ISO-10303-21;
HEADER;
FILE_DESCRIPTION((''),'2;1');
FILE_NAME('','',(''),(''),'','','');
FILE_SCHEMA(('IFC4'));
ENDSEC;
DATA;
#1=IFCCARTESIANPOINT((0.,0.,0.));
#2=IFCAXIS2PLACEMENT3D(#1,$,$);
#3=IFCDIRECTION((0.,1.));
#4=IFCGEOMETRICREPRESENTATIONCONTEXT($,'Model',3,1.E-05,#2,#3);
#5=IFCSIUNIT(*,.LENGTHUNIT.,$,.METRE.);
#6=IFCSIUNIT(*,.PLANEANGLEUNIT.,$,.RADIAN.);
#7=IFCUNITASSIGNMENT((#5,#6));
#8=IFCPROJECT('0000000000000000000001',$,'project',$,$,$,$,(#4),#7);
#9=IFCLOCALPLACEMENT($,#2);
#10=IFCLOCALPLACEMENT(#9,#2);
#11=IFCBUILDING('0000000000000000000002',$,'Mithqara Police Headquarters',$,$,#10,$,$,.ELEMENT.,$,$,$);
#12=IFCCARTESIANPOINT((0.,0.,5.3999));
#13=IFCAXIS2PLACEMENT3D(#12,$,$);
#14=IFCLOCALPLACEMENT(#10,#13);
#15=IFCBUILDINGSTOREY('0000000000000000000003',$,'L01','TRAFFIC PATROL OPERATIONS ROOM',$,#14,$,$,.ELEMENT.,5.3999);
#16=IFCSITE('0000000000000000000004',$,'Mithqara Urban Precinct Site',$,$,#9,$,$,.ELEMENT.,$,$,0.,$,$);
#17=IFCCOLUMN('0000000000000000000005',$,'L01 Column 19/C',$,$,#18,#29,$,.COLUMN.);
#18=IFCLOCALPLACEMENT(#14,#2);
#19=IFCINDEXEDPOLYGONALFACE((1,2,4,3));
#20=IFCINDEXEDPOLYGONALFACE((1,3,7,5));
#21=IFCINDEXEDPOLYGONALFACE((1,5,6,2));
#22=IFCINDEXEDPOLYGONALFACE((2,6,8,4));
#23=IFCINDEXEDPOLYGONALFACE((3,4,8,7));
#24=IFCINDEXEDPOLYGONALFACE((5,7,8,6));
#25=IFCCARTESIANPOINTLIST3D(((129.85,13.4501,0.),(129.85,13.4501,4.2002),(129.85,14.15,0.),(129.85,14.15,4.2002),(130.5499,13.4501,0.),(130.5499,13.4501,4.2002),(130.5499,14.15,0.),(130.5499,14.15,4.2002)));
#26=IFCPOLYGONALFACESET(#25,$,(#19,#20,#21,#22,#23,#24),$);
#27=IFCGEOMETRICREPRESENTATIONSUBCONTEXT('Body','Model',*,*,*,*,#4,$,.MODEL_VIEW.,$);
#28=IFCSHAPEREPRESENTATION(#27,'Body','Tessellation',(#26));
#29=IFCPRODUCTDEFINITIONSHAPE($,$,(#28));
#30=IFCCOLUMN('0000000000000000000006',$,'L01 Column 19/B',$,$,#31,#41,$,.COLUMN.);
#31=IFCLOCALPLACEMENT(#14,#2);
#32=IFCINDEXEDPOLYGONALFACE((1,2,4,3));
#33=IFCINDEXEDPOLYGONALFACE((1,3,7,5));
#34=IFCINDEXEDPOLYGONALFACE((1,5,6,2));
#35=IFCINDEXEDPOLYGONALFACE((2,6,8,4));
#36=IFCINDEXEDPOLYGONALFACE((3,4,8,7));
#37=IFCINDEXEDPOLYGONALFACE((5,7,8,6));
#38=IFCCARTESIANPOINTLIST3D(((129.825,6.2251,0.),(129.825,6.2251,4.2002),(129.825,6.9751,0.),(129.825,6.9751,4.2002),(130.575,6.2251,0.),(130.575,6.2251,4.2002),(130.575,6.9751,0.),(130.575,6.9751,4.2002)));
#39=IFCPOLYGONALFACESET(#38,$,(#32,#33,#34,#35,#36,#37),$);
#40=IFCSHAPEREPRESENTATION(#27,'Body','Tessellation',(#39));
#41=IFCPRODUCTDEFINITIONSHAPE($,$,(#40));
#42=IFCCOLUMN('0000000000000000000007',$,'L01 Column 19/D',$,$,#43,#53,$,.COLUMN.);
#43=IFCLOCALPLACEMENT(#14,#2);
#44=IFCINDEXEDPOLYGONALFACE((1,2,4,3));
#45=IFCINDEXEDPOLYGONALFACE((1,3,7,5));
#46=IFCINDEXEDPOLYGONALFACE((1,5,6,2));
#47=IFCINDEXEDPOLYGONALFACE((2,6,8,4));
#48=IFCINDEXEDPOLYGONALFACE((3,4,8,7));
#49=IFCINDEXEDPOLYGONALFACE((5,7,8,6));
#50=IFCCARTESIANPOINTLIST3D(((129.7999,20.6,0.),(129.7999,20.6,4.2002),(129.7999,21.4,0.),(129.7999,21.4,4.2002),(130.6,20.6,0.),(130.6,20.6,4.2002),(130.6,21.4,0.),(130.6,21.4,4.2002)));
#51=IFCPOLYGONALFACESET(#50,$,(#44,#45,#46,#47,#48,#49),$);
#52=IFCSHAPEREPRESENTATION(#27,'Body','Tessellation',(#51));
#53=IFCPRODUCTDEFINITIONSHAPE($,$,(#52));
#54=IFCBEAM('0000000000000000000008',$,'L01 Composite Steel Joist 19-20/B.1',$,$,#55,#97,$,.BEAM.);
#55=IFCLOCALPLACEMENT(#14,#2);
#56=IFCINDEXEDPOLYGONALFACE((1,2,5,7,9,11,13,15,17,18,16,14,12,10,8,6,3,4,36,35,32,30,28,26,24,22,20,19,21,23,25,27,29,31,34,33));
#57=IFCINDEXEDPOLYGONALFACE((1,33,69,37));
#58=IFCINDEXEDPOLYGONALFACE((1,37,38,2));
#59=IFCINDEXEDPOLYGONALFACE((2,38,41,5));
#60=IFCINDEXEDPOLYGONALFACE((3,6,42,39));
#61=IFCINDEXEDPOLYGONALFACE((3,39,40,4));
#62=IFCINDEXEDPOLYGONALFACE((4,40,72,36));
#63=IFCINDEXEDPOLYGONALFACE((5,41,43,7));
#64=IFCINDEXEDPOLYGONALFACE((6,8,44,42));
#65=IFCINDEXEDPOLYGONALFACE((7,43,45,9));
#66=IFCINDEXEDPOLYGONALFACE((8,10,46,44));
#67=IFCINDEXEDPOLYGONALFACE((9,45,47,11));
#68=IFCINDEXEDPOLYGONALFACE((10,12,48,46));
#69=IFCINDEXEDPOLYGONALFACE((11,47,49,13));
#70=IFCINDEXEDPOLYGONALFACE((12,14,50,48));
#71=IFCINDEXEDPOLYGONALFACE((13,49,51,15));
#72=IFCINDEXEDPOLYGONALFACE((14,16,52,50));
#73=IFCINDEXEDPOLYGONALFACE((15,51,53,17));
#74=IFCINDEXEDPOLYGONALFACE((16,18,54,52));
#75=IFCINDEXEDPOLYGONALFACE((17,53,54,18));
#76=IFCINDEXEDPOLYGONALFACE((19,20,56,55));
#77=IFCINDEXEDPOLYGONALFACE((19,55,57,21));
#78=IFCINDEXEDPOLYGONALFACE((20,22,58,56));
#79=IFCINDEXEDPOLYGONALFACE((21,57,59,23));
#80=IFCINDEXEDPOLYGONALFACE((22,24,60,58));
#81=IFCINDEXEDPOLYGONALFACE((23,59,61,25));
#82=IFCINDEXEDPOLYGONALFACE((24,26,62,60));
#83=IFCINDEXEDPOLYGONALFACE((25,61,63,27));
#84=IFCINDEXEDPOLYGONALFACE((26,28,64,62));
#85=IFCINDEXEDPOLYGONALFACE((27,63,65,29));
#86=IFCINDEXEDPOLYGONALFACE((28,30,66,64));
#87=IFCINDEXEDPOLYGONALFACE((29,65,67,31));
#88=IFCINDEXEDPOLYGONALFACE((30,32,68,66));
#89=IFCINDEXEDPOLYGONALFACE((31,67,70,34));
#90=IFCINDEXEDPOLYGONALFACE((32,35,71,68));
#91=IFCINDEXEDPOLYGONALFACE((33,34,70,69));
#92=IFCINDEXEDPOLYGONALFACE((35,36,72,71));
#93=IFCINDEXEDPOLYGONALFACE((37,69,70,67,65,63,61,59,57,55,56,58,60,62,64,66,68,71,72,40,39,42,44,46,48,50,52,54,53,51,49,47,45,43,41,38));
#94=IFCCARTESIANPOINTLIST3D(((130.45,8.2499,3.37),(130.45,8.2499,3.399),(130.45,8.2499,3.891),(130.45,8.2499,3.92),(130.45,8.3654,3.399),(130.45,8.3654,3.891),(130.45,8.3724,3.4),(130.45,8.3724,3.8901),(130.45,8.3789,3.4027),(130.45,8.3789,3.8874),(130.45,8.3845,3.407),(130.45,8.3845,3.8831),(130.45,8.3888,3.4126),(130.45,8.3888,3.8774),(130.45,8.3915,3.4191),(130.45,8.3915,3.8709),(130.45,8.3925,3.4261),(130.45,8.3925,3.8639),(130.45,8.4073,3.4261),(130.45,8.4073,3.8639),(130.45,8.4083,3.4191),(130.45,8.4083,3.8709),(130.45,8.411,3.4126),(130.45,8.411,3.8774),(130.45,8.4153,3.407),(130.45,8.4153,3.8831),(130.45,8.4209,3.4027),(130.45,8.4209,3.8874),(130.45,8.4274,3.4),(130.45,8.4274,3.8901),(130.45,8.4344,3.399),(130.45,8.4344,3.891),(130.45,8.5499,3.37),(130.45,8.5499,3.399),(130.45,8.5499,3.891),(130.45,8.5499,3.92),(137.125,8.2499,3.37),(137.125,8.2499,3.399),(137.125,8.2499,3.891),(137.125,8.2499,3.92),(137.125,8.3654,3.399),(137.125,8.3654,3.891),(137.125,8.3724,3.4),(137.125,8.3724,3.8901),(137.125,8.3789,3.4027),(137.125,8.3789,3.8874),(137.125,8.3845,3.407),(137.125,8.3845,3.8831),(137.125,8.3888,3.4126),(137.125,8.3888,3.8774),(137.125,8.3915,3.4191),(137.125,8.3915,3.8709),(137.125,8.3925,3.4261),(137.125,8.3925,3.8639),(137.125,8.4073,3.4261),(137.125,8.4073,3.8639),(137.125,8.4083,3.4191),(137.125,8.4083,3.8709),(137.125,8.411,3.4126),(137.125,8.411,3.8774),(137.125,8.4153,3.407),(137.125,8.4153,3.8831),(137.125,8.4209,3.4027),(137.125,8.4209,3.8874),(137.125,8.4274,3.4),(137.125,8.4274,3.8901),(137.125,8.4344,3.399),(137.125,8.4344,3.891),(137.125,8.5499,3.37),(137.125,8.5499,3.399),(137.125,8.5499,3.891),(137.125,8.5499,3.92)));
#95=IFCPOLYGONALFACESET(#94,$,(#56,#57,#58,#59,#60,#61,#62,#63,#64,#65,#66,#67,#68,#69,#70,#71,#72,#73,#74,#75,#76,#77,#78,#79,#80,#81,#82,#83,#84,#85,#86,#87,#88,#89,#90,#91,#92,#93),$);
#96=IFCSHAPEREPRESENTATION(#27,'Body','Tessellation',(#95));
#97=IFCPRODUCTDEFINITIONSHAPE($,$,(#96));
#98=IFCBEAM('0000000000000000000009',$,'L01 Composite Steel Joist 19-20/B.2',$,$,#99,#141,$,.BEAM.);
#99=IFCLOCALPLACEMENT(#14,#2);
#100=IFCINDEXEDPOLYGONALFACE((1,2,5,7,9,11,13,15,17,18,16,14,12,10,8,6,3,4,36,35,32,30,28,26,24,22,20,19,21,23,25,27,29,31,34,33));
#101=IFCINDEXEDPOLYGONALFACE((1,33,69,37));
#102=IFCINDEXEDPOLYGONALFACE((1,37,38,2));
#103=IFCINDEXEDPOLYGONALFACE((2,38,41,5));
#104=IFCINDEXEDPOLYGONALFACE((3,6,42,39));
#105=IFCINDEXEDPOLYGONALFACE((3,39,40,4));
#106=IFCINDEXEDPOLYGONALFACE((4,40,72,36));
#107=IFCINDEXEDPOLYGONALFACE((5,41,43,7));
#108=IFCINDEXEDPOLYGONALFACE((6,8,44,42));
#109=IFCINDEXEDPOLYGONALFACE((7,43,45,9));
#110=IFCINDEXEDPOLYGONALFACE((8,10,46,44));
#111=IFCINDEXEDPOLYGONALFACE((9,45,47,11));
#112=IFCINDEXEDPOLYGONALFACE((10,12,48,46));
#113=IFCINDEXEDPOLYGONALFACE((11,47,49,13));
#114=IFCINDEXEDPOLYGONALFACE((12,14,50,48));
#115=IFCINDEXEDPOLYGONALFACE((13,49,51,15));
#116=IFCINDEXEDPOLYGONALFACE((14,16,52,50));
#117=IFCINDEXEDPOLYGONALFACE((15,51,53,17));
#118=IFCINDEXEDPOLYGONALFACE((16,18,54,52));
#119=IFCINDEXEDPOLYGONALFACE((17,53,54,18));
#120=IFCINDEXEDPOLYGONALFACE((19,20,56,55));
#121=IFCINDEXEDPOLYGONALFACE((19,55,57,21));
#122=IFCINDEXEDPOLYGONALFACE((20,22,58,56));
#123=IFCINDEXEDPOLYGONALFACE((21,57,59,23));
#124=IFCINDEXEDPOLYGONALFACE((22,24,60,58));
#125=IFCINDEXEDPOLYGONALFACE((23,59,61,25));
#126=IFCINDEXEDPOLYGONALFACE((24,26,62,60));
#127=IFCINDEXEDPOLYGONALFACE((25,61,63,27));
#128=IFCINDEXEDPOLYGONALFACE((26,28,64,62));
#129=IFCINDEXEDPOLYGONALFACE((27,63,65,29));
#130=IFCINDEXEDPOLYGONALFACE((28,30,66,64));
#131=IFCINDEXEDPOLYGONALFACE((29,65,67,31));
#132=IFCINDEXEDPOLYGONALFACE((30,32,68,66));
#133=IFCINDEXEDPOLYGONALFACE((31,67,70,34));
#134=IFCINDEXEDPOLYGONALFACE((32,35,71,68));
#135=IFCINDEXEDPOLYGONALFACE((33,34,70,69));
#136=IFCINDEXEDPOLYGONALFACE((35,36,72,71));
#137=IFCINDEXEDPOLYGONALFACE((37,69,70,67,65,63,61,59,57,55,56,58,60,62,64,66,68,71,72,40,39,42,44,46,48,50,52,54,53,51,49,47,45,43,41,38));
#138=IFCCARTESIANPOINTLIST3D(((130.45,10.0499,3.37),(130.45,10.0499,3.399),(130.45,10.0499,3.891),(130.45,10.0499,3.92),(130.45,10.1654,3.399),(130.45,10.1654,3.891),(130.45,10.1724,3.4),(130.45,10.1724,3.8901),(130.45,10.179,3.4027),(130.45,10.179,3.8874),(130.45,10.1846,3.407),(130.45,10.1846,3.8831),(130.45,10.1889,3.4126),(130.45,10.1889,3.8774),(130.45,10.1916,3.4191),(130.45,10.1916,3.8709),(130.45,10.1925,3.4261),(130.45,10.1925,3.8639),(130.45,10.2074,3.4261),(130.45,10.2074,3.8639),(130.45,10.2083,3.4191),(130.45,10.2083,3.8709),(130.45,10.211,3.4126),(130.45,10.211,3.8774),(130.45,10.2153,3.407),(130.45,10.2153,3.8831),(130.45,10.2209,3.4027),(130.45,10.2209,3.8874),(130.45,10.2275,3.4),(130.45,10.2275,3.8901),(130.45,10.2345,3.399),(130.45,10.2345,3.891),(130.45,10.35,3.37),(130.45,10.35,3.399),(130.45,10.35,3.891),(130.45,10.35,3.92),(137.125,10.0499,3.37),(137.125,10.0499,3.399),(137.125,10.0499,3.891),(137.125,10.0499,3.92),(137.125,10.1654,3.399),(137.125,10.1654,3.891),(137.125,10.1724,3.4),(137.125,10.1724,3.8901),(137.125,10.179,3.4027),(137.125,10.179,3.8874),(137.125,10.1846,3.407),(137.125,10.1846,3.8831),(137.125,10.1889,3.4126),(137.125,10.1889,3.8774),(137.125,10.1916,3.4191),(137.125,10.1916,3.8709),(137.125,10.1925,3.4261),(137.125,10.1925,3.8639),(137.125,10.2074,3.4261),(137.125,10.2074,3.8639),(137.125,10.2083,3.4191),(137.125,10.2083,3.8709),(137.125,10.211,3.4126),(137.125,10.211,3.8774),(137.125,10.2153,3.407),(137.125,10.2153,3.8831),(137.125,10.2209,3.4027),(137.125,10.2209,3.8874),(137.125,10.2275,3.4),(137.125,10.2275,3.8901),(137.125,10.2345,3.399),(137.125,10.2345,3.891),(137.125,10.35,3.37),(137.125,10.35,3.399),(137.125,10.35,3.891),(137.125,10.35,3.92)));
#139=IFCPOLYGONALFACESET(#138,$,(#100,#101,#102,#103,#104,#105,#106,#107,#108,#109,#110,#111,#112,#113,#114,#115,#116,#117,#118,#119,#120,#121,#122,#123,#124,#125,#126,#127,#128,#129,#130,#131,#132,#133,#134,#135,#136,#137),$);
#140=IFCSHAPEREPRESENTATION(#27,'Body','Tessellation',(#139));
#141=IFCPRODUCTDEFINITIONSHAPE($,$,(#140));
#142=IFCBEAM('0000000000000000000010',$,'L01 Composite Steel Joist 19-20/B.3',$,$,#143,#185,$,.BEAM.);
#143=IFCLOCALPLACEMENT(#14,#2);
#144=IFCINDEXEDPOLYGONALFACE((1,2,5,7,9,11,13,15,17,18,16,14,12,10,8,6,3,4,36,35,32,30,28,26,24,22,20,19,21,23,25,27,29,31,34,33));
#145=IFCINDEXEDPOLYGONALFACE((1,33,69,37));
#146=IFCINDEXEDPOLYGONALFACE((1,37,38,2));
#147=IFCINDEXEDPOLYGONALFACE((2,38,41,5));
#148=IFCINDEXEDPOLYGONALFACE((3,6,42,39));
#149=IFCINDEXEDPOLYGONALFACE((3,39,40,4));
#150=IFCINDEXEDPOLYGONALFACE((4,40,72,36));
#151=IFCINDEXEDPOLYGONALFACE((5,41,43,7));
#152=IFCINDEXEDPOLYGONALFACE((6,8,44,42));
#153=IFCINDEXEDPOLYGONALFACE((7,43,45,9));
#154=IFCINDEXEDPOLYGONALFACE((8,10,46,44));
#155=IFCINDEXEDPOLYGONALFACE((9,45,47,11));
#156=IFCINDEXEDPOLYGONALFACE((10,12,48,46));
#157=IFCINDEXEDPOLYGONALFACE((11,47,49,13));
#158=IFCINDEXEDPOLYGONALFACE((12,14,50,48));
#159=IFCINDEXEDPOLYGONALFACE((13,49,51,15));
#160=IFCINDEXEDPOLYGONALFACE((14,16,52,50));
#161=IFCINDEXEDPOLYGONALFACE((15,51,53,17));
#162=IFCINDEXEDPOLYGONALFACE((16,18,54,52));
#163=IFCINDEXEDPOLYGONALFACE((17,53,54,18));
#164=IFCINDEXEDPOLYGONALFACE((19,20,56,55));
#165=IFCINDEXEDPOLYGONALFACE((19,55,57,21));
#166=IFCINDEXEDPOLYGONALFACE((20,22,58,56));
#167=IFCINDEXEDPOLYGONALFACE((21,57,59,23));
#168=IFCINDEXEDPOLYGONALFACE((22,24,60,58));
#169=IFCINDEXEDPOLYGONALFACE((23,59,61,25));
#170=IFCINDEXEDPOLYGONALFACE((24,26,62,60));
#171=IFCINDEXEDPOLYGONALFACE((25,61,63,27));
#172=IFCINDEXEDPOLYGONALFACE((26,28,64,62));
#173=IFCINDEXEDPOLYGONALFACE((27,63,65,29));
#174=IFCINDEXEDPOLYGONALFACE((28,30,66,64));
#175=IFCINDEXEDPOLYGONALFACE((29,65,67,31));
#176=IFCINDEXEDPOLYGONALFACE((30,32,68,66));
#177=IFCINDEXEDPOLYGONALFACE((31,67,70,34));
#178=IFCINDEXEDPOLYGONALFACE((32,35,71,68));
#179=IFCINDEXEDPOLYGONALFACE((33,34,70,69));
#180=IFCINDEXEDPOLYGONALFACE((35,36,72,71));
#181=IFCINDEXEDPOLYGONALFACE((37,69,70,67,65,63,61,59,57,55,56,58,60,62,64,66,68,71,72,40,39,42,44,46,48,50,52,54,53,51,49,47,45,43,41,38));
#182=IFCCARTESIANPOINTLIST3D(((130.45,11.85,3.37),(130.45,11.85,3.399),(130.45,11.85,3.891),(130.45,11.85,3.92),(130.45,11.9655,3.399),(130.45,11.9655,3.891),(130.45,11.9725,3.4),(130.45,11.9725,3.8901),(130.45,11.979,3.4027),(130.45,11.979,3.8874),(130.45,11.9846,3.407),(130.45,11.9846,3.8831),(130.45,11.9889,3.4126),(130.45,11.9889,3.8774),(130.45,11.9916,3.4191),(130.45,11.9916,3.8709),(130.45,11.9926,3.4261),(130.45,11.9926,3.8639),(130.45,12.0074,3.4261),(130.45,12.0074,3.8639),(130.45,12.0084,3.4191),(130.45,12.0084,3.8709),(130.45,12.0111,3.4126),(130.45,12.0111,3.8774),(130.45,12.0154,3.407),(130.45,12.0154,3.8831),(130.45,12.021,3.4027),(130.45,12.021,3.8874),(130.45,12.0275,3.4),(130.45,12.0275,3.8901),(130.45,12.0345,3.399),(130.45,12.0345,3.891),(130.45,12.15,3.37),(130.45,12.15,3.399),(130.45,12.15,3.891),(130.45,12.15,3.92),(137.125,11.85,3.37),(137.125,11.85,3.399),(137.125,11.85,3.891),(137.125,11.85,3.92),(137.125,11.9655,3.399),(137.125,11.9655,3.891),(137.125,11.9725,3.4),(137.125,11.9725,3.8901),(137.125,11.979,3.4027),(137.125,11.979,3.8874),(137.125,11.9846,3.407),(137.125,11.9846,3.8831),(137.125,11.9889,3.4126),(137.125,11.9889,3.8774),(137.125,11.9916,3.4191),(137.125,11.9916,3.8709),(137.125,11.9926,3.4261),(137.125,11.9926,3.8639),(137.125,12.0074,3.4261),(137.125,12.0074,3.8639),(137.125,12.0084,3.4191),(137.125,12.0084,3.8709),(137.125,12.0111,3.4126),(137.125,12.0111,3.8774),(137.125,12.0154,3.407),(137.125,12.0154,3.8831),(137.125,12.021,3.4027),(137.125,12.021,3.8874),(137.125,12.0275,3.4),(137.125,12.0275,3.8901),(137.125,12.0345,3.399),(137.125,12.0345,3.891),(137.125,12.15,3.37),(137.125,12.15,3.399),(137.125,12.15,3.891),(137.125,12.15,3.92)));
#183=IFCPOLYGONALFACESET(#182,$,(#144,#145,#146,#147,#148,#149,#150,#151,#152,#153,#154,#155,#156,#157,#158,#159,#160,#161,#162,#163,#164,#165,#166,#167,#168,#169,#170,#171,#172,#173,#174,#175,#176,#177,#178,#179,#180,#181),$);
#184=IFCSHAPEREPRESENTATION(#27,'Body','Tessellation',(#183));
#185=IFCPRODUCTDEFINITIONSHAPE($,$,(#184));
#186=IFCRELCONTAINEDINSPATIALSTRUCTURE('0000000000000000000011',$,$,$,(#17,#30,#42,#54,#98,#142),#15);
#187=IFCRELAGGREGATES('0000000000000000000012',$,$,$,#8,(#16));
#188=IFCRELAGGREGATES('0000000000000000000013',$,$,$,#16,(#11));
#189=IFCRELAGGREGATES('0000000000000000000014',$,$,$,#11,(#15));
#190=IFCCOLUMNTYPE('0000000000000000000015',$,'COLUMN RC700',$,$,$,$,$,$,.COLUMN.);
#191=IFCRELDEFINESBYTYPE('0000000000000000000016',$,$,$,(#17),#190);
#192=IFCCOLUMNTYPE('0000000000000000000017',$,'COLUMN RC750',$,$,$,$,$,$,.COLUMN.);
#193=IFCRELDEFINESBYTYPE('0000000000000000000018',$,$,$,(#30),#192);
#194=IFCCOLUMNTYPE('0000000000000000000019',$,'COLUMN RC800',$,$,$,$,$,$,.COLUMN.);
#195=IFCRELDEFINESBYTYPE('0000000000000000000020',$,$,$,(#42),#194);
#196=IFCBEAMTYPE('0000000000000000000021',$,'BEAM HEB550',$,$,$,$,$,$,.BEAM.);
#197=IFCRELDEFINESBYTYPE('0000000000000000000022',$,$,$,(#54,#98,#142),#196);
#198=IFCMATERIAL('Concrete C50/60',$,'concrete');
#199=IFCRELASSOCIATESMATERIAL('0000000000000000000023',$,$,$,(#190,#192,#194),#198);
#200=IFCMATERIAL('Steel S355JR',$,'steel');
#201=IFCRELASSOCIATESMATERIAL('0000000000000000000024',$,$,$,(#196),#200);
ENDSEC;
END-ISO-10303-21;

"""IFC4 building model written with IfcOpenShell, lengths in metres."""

from ifc_helpers import new_model, si_unit, direction, frame, origin, origin_2d, place, context, subcontext, project, spatial, rectangle, i_section, extrude, material, material_profile, profile_set, type_object, element, save


model = new_model("IFC4")

# Units and contexts
model_context = context("Model", 3, precision=1e-05, world=origin(), true_north=direction((0.0, 1.0)))
body_context = subcontext(model_context, "Body", "Model", "MODEL_VIEW")
ifc_project = project(units=[si_unit("LENGTHUNIT", "METRE"), si_unit("PLANEANGLEUNIT", "RADIAN")], contexts=[model_context])

# Site, building, storey
site_placement = place(None, origin())
site = spatial("IfcSite", under=ifc_project, at=site_placement, Name="Mithqara Urban Precinct Site", CompositionType="ELEMENT", RefElevation=0.0)
building_placement = place(site_placement, origin())
building = spatial("IfcBuilding", under=site, at=building_placement, Name="Mithqara Police Headquarters", CompositionType="ELEMENT")
storey_placement = place(building_placement, frame((0.0, 0.0, 5.3999)))
storey = spatial("IfcBuildingStorey", under=building, at=storey_placement, Name="L01", Description="TRAFFIC PATROL OPERATIONS ROOM", CompositionType="ELEMENT", Elevation=5.3999)

# Columns
ifc_material_1 = material(Name="Concrete C50/60", Category="concrete")
ifc_material_profile_1 = material_profile(ifc_material_1, rectangle(XDim=0.7, YDim=0.7, at=origin_2d()), Name="RC 700x700")
ifc_profile_set_1 = profile_set([ifc_material_profile_1], Name="Concrete C50/60")
column_type_1 = type_object("IfcColumnType", Name="COLUMN RC700", PredefinedType="COLUMN", material=ifc_profile_set_1)
column_1_placement = place(storey_placement, frame((130.2, 13.8, 0.0), z_axis=(0.0, 0.0, 1.0), x_axis=(1.0, 0.0, 0.0)))
element("IfcColumn", 1, at=column_1_placement, inside=storey, type_object=column_type_1, Name="L01 Column 19/C", PredefinedType="COLUMN", context=body_context, shape_type="SweptSolid", body=[
    extrude(rectangle(XDim=0.7, YDim=0.7, at=origin_2d()), origin(), (0.0, 0.0, 1.0), 4.2002),
])
ifc_material_profile_2 = material_profile(ifc_material_1, rectangle(XDim=0.75, YDim=0.75, at=origin_2d()), Name="RC 750x750")
ifc_profile_set_2 = profile_set([ifc_material_profile_2], Name="Concrete C50/60")
column_type_2 = type_object("IfcColumnType", Name="COLUMN RC750", PredefinedType="COLUMN", material=ifc_profile_set_2)
column_2_placement = place(storey_placement, frame((130.2, 6.6001, 0.0), z_axis=(0.0, 0.0, 1.0), x_axis=(1.0, 0.0, 0.0)))
element("IfcColumn", 2, at=column_2_placement, inside=storey, type_object=column_type_2, Name="L01 Column 19/B", PredefinedType="COLUMN", context=body_context, shape_type="SweptSolid", body=[
    extrude(rectangle(XDim=0.75, YDim=0.75, at=origin_2d()), origin(), (0.0, 0.0, 1.0), 4.2002),
])
ifc_material_profile_3 = material_profile(ifc_material_1, rectangle(XDim=0.8, YDim=0.8, at=origin_2d()), Name="RC 800x800")
ifc_profile_set_3 = profile_set([ifc_material_profile_3], Name="Concrete C50/60")
column_type_3 = type_object("IfcColumnType", Name="COLUMN RC800", PredefinedType="COLUMN", material=ifc_profile_set_3)
column_3_placement = place(storey_placement, frame((130.2, 21.0, 0.0), z_axis=(0.0, 0.0, 1.0), x_axis=(1.0, 0.0, 0.0)))
element("IfcColumn", 3, at=column_3_placement, inside=storey, type_object=column_type_3, Name="L01 Column 19/D", PredefinedType="COLUMN", context=body_context, shape_type="SweptSolid", body=[
    extrude(rectangle(XDim=0.8, YDim=0.8, at=origin_2d()), origin(), (0.0, 0.0, 1.0), 4.2002),
])

# Beams
ifc_material_2 = material(Name="Steel S355JR", Category="steel")
ifc_material_profile_4 = material_profile(ifc_material_2, i_section(OverallWidth=0.3, OverallDepth=0.55, WebThickness=0.0149, FlangeThickness=0.0291, FilletRadius=0.0271, at=origin_2d()), Name="HEB 550")
ifc_profile_set_4 = profile_set([ifc_material_profile_4], Name="Steel S355JR")
beam_type_1 = type_object("IfcBeamType", Name="BEAM HEB550", PredefinedType="BEAM", material=ifc_profile_set_4)
for number, where, z_axis, x_axis, name in (
    (4, (130.45, 8.3999, 3.645), (1.0, 0.0, 0.0), (0.0, 1.0, 0.0), "L01 Composite Steel Joist 19-20/B.1"),
    (5, (130.45, 10.2, 3.645), (1.0, 0.0, 0.0), (0.0, 1.0, 0.0), "L01 Composite Steel Joist 19-20/B.2"),
    (6, (130.45, 12.0, 3.645), (1.0, 0.0, 0.0), (0.0, 1.0, 0.0), "L01 Composite Steel Joist 19-20/B.3"),
):
    element("IfcBeam", number, at=place(storey_placement, frame(where, z_axis=z_axis, x_axis=x_axis)), inside=storey, type_object=beam_type_1, Name=name, PredefinedType="BEAM", context=body_context, shape_type="SweptSolid", body=[
        extrude(i_section(OverallWidth=0.3, OverallDepth=0.55, WebThickness=0.0149, FlangeThickness=0.0291, FilletRadius=0.0271, at=origin_2d()), origin(), (0.0, 0.0, 1.0), 6.675),
    ])

save(model, "model.ifc")
